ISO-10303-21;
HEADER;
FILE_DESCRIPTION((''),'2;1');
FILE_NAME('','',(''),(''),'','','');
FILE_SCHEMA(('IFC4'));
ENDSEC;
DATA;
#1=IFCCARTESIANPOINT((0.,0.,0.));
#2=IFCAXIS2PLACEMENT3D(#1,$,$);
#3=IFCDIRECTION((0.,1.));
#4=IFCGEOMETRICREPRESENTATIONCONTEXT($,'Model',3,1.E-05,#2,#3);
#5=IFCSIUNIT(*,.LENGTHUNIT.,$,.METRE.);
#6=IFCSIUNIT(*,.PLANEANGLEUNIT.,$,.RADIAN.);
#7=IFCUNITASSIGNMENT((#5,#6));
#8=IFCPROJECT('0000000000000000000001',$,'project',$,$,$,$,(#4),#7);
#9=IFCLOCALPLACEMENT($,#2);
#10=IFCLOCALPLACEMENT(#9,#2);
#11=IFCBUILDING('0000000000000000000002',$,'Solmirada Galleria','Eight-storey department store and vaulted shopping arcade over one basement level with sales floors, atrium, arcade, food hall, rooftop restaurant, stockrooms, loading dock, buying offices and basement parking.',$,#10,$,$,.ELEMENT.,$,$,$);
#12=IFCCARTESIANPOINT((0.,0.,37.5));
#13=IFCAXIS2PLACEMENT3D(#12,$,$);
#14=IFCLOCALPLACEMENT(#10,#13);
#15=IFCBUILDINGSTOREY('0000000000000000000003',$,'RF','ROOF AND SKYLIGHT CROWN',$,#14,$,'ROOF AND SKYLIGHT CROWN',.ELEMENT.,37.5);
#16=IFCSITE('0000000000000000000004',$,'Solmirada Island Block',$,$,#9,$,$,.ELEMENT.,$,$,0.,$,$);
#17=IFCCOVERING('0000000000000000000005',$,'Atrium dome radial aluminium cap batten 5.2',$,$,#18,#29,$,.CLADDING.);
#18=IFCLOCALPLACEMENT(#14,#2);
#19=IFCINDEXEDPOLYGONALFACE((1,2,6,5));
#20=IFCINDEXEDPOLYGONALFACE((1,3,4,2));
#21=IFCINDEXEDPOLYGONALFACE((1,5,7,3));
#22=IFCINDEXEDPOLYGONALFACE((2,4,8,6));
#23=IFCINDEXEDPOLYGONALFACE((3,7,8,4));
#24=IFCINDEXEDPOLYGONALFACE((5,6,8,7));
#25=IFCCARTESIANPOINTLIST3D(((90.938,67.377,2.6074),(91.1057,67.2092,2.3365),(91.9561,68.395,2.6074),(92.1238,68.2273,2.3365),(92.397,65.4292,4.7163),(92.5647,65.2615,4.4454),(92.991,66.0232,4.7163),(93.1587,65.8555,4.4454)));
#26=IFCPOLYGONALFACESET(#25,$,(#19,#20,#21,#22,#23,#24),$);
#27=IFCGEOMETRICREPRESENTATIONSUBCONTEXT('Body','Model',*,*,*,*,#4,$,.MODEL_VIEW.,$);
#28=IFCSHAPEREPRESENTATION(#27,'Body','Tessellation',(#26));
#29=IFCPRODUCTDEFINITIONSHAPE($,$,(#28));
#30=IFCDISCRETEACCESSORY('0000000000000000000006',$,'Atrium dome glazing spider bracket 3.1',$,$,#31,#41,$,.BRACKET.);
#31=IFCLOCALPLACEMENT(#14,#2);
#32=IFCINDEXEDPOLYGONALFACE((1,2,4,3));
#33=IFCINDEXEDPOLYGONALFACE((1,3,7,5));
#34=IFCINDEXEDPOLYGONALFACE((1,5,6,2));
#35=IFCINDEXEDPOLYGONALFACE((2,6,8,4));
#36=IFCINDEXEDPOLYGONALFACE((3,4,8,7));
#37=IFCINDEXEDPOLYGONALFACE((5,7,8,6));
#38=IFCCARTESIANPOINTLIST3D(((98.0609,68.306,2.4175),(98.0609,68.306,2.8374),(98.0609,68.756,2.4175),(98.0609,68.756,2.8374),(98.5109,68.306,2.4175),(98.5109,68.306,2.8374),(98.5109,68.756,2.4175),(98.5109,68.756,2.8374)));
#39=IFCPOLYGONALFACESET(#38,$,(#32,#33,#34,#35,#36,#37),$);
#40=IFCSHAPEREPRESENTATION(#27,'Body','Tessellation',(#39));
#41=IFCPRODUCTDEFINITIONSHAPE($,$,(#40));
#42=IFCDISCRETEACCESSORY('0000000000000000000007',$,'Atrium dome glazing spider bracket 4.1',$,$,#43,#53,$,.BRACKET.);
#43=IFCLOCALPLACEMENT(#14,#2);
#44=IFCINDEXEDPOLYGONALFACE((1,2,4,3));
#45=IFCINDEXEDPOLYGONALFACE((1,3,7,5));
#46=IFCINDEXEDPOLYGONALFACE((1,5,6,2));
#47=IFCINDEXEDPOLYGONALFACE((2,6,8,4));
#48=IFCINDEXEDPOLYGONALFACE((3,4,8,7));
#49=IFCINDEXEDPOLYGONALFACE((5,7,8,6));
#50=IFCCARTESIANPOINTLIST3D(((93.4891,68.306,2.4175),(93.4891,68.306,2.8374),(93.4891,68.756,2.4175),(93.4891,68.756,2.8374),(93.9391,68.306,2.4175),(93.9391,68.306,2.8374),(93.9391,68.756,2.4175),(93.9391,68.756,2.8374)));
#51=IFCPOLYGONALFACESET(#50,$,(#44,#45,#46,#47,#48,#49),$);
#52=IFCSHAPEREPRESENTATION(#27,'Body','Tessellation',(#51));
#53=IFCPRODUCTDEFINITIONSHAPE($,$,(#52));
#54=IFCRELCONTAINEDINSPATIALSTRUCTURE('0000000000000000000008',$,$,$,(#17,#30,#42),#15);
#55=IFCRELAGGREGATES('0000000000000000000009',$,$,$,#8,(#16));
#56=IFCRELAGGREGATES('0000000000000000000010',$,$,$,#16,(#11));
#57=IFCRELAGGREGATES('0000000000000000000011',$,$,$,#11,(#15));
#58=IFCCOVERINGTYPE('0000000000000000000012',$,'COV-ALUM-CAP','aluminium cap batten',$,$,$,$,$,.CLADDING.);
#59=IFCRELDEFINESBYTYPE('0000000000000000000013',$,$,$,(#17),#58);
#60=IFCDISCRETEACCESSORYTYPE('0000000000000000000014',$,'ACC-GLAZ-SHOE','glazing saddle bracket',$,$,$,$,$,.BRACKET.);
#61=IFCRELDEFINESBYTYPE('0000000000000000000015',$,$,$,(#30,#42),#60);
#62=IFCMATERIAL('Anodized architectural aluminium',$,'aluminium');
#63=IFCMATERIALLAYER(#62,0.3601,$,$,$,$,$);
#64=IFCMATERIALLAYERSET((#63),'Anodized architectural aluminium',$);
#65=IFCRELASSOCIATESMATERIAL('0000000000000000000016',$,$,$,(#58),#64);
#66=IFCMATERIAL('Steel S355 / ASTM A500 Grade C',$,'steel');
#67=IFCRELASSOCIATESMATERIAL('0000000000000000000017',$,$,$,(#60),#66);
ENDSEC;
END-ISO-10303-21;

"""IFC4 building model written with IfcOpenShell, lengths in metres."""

from ifc_helpers import new_model, si_unit, direction, frame, origin, origin_2d, place, context, subcontext, project, spatial, polyline, rectangle, outline, extrude, material, layer, layer_set, type_object, element, save


model = new_model("IFC4")

# Units and contexts
model_context = context("Model", 3, precision=1e-05, world=origin(), true_north=direction((0.0, 1.0)))
body_context = subcontext(model_context, "Body", "Model", "MODEL_VIEW")
ifc_project = project(units=[si_unit("LENGTHUNIT", "METRE"), si_unit("PLANEANGLEUNIT", "RADIAN")], contexts=[model_context])

# Site, building, storey
site_placement = place(None, origin())
site = spatial("IfcSite", under=ifc_project, at=site_placement, Name="Solmirada Island Block", CompositionType="ELEMENT", RefElevation=0.0)
building_placement = place(site_placement, origin())
building = spatial("IfcBuilding", under=site, at=building_placement, Name="Solmirada Galleria", Description="Eight-storey department store and vaulted shopping arcade over one basement level with sales floors, atrium, arcade, food hall, rooftop restaurant, stockrooms, loading dock, buying offices and basement parking.", CompositionType="ELEMENT")
storey_placement = place(building_placement, frame((0.0, 0.0, 37.5)))
storey = spatial("IfcBuildingStorey", under=building, at=storey_placement, Name="RF", Description="ROOF AND SKYLIGHT CROWN", LongName="ROOF AND SKYLIGHT CROWN", CompositionType="ELEMENT", Elevation=37.5)

# Shared definitions
ifc_material_1 = material(Name="Steel S355 / ASTM A500 Grade C", Category="steel")

# Covering
ifc_material_2 = material(Name="Anodized architectural aluminium", Category="aluminium")
ifc_layer_1 = layer(ifc_material_2, 0.3601)
ifc_layer_set_1 = layer_set([ifc_layer_1], Name="Anodized architectural aluminium")
covering_type = type_object("IfcCoveringType", Name="COV-ALUM-CAP", Description="aluminium cap batten", PredefinedType="CLADDING", material=ifc_layer_set_1)
covering_1_placement = place(storey_placement, frame((91.9561, 68.395, 2.6074), z_axis=(-0.465768, 0.465768, 0.75241), x_axis=(-0.707107, -0.707107, 0.0)))
element("IfcCovering", 1, at=covering_1_placement, inside=storey, type_object=covering_type, Name="Atrium dome radial aluminium cap batten 5.2", PredefinedType="CLADDING", context=body_context, shape_type="SweptSolid", body=[
    extrude(outline(polyline([(0.0, 0.0), (1.4398, 0.0), (1.7854, 3.2016), (0.9453, 3.2016), (0.0, 0.0)])), origin(), (0.0, 0.0, -1.0), 0.3601),
])

# Discrete accessories
discrete_accessory_type = type_object("IfcDiscreteAccessoryType", Name="ACC-GLAZ-SHOE", Description="glazing saddle bracket", PredefinedType="BRACKET", material=ifc_material_1)
for number, where, z_axis, x_axis, name in (
    (2, (98.2859, 68.531, 2.4175), (0.0, 0.0, 1.0), (1.0, 0.0, 0.0), "Atrium dome glazing spider bracket 3.1"),
    (3, (93.7141, 68.531, 2.4175), (0.0, 0.0, 1.0), (1.0, 0.0, 0.0), "Atrium dome glazing spider bracket 4.1"),
):
    element("IfcDiscreteAccessory", number, at=place(storey_placement, frame(where, z_axis=z_axis, x_axis=x_axis)), inside=storey, type_object=discrete_accessory_type, Name=name, PredefinedType="BRACKET", context=body_context, shape_type="SweptSolid", body=[
        extrude(rectangle(XDim=0.45, YDim=0.45, at=origin_2d()), origin(), (0.0, 0.0, 1.0), 0.4199),
    ])

save(model, "model.ifc")
